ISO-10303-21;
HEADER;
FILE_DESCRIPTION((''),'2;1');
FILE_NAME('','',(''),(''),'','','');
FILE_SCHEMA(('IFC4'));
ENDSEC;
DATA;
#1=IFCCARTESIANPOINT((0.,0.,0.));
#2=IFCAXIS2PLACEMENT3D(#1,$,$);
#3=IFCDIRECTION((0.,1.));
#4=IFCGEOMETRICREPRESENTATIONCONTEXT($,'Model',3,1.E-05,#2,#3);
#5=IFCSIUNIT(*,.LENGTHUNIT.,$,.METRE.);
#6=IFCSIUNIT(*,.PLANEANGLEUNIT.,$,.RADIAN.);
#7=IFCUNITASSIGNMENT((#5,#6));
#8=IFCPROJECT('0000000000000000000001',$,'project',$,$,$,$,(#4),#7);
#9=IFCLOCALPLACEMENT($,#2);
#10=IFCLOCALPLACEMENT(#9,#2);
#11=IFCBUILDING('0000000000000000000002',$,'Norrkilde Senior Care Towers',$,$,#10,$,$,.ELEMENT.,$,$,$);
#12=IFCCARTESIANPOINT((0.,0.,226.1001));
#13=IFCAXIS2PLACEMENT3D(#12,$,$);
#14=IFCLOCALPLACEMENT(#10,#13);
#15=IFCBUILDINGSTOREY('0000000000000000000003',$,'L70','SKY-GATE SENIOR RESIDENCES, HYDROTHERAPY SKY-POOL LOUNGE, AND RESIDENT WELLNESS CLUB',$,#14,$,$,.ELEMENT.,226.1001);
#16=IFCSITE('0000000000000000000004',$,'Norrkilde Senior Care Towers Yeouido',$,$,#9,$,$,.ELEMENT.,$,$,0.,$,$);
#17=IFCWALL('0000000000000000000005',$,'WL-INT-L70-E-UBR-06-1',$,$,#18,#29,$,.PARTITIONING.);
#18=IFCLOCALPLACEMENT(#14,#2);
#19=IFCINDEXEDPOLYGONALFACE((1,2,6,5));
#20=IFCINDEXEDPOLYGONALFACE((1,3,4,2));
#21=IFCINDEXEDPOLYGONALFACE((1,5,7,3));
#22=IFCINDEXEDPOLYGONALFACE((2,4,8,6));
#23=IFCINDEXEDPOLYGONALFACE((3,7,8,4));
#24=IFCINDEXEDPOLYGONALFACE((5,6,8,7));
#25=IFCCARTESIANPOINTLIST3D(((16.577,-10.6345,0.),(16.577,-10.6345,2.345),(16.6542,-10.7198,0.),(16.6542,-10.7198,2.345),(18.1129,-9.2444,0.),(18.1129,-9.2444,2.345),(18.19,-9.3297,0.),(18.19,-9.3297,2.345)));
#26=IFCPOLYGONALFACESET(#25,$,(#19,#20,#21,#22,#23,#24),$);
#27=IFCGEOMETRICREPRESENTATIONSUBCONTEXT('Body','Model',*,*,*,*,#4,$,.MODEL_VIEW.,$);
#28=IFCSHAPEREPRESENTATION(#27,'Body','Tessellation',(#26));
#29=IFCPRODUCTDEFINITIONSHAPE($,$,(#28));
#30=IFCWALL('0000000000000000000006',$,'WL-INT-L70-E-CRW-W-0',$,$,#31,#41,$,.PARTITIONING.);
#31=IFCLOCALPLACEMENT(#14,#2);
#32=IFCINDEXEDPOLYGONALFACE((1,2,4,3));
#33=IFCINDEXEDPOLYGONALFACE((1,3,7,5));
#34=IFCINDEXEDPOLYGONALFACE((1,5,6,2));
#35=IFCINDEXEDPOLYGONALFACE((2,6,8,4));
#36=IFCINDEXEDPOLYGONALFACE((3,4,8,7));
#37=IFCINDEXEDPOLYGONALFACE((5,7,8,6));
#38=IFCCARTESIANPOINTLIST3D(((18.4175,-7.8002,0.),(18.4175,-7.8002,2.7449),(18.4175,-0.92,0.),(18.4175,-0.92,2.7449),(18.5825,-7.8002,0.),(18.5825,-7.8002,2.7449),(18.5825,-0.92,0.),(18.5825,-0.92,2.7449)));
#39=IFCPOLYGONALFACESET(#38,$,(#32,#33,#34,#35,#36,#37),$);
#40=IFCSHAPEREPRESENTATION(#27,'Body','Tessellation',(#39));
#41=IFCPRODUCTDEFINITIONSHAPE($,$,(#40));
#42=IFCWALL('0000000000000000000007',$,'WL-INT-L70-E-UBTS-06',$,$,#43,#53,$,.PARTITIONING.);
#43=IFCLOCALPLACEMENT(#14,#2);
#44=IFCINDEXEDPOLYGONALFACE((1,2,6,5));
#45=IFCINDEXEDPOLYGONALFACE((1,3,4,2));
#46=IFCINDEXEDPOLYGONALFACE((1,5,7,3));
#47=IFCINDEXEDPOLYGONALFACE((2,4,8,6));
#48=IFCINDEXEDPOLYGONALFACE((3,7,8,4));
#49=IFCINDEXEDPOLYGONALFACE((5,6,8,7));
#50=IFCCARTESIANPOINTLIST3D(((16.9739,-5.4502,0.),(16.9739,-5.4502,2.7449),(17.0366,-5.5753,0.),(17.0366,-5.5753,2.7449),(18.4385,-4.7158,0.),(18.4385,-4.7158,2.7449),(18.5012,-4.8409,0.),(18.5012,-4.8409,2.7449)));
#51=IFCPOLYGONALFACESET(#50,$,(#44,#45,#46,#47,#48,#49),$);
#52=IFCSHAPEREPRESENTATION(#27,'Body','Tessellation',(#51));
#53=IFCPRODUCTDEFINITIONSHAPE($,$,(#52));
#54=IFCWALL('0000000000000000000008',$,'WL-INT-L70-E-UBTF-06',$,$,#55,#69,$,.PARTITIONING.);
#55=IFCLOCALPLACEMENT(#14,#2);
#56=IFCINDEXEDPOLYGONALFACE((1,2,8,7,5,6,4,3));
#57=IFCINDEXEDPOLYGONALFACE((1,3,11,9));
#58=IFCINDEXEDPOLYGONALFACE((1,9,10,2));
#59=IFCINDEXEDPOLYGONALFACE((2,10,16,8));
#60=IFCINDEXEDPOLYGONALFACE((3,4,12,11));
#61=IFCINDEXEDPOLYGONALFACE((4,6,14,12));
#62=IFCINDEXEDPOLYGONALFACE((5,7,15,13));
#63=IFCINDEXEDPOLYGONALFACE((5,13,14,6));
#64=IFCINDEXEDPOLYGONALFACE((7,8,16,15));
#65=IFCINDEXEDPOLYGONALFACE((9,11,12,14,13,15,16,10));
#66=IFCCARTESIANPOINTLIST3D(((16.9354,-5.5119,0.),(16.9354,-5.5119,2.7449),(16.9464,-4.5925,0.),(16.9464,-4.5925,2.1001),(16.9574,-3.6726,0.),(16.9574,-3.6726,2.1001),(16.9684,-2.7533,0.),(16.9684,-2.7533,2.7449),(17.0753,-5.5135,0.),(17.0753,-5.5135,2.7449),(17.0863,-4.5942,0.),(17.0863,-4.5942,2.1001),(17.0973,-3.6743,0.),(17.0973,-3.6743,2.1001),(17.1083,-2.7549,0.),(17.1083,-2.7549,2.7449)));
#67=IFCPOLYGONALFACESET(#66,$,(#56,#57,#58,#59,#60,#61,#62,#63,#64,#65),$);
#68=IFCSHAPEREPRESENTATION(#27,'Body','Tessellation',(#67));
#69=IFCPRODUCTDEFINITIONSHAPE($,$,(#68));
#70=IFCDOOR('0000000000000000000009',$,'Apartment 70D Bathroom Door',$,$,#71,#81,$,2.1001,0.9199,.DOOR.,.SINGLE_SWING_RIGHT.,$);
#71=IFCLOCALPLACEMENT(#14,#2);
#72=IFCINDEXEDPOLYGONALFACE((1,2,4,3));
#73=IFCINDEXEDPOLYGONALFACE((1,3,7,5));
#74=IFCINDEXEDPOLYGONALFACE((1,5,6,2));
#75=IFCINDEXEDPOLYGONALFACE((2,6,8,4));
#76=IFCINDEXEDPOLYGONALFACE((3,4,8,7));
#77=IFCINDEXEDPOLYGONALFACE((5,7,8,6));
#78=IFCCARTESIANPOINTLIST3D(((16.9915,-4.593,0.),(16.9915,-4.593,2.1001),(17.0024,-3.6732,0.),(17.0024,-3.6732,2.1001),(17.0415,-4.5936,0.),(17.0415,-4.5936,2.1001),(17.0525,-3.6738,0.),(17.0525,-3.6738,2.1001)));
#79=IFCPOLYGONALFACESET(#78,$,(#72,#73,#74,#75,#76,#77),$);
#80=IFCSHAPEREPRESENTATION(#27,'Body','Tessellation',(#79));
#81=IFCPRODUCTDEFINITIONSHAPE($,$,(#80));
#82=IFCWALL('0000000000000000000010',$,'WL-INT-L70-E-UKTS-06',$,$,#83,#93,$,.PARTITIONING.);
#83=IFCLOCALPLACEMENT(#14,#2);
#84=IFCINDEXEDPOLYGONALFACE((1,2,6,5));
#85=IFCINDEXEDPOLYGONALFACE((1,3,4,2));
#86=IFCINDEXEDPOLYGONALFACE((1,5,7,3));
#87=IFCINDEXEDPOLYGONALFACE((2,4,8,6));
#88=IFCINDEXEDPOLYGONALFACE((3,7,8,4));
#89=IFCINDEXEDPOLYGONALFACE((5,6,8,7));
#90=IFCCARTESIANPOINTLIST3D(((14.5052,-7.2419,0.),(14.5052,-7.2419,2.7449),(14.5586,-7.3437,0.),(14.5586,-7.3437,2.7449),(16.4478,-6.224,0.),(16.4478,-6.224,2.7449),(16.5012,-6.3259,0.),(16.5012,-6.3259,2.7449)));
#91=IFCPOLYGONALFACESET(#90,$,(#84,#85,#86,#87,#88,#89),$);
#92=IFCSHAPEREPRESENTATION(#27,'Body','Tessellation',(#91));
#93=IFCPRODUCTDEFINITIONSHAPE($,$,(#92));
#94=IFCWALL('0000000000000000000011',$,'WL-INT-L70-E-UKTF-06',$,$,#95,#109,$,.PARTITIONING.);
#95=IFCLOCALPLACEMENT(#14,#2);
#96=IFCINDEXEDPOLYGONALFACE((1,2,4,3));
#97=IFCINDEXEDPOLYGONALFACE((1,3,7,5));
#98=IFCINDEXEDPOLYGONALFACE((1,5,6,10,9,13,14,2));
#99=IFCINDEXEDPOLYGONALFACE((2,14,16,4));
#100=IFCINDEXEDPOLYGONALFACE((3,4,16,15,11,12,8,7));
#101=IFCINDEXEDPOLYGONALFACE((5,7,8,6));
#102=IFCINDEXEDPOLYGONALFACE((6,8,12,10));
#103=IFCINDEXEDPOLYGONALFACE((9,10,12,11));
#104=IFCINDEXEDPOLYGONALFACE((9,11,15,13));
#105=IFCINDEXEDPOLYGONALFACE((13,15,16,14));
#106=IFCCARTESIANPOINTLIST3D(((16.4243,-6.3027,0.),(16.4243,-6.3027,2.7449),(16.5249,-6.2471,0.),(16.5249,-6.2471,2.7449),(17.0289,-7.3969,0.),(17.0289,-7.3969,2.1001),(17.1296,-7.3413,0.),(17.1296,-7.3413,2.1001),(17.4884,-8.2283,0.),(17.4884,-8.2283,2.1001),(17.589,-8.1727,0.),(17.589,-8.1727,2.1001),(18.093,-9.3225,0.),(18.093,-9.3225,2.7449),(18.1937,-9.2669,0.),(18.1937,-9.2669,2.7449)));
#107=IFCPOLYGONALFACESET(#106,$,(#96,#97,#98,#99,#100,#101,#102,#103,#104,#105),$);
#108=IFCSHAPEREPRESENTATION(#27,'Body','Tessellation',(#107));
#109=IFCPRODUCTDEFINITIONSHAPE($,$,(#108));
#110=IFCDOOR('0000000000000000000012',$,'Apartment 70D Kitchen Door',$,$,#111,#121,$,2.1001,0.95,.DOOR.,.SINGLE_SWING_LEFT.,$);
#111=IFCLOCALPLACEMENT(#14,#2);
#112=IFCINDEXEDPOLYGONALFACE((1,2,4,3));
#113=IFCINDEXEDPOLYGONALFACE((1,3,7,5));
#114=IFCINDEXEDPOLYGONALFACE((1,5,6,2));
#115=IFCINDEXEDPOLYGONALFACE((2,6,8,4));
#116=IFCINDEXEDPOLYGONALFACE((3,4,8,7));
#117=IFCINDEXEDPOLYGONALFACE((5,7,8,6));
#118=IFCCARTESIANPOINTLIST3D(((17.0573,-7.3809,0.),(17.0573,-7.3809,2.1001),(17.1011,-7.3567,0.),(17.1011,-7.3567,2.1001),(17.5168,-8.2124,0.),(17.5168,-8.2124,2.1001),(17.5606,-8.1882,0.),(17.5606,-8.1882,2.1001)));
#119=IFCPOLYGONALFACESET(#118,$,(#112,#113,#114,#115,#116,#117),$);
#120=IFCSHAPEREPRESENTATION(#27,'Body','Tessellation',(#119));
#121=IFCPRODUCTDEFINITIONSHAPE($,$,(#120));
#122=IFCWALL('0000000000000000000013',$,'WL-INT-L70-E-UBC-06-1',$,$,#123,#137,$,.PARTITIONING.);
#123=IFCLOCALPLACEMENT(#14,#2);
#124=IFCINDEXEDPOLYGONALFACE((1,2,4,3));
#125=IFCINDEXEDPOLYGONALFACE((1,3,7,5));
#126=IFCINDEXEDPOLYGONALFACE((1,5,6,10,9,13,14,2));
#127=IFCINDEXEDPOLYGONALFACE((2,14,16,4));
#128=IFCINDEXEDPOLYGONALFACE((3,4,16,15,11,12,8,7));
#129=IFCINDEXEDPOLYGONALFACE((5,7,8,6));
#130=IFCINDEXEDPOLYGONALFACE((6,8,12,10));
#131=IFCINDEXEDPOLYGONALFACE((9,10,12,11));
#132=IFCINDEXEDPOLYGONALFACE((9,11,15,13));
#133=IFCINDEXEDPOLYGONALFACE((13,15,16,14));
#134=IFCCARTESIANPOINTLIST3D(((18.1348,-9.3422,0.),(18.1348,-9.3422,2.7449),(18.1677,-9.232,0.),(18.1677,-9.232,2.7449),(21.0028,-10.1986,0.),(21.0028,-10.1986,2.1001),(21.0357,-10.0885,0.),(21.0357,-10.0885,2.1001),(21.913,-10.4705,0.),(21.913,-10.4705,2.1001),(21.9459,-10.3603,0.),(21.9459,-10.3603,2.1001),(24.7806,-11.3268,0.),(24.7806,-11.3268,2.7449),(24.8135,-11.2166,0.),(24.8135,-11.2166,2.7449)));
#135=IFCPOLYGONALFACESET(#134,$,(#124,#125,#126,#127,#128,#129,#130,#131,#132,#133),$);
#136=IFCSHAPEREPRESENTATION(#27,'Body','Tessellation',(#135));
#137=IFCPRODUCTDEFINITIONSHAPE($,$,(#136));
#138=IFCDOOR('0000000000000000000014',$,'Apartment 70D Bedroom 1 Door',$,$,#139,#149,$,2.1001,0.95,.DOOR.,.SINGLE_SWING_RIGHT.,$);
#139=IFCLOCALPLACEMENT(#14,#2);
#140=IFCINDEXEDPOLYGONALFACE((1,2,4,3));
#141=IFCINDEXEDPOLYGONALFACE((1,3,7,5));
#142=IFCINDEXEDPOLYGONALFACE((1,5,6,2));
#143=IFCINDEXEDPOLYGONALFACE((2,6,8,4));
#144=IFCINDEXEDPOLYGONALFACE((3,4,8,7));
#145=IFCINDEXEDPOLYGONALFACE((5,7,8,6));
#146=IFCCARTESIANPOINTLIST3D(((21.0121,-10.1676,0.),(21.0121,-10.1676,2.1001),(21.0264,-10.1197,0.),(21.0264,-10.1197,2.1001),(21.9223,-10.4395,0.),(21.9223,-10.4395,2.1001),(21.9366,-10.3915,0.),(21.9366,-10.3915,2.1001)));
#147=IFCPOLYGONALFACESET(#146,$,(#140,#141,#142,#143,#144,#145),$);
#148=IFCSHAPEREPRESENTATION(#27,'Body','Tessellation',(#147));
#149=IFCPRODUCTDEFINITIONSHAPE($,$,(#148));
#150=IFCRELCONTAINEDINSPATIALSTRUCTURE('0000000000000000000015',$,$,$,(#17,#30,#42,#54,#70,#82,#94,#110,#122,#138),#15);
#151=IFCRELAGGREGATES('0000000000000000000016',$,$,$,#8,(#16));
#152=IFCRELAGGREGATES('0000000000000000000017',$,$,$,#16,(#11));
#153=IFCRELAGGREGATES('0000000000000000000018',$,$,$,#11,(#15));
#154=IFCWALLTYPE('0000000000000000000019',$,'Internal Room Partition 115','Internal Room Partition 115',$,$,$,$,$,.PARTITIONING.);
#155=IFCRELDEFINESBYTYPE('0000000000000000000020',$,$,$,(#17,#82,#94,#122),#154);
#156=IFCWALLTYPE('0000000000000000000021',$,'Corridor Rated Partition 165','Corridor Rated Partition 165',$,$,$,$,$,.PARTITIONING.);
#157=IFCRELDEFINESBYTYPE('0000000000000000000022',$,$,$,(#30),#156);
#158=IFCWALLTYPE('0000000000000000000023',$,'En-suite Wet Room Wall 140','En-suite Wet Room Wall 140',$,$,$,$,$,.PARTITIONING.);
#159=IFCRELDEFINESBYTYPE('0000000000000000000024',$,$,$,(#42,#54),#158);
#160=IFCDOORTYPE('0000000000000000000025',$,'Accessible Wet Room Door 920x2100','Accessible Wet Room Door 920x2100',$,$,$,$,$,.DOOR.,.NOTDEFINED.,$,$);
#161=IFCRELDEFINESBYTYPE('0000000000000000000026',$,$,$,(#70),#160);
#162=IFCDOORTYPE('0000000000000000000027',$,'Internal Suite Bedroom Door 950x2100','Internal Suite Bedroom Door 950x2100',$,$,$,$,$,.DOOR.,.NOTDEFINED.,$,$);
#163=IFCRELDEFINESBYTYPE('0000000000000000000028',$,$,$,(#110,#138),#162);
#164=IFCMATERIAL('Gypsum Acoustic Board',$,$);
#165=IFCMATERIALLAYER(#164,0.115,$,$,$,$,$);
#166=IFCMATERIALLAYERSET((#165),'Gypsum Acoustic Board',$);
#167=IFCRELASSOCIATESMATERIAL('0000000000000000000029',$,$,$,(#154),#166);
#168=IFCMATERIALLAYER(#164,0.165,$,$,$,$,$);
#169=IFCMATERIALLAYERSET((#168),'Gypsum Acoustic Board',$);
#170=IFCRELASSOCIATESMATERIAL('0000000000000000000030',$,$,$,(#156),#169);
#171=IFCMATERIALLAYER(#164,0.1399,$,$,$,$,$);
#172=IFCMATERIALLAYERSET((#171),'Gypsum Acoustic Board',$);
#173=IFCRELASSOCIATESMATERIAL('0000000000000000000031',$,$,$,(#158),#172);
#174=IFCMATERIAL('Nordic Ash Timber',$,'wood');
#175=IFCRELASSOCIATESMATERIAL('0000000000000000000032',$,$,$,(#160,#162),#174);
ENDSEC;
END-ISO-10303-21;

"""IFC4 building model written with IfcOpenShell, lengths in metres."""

from ifc_helpers import new_model, si_unit, direction, frame, frame_2d, origin, place, context, subcontext, project, spatial, rectangle, extrude, source, transform, mapped, material, layer, layer_set, type_object, type_shapes, element, fill, save


model = new_model("IFC4")

# Units and contexts
model_context = context("Model", 3, precision=1e-05, world=origin(), true_north=direction((0.0, 1.0)))
body_context = subcontext(model_context, "Body", "Model", "MODEL_VIEW")
ifc_project = project(units=[si_unit("LENGTHUNIT", "METRE"), si_unit("PLANEANGLEUNIT", "RADIAN")], contexts=[model_context])

# Site, building, storey
site_placement = place(None, origin())
site = spatial("IfcSite", under=ifc_project, at=site_placement, Name="Norrkilde Senior Care Towers Yeouido", CompositionType="ELEMENT", RefElevation=0.0)
building_placement = place(site_placement, origin())
building = spatial("IfcBuilding", under=site, at=building_placement, Name="Norrkilde Senior Care Towers", CompositionType="ELEMENT")
storey_placement = place(building_placement, frame((0.0, 0.0, 226.1001)))
storey = spatial("IfcBuildingStorey", under=building, at=storey_placement, Name="L70", Description="SKY-GATE SENIOR RESIDENCES, HYDROTHERAPY SKY-POOL LOUNGE, AND RESIDENT WELLNESS CLUB", CompositionType="ELEMENT", Elevation=226.1001)

# Walls
ifc_material_1 = material(Name="Gypsum Acoustic Board")
ifc_layer_1 = layer(ifc_material_1, 0.115)
ifc_layer_set_1 = layer_set([ifc_layer_1], Name="Gypsum Acoustic Board")
wall_type_1 = type_object("IfcWallType", Name="Internal Room Partition 115", Description="Internal Room Partition 115", PredefinedType="PARTITIONING", material=ifc_layer_set_1)
shared_shape_1 = source(origin(), body_context, "Body", "SweptSolid", [
    extrude(rectangle(XDim=2.0715, YDim=0.115, at=frame_2d((1.0356, 0.0))), origin(), (0.0, 0.0, 1.0), 2.345),
])
wall_1_placement = place(storey_placement, frame((18.1514, -9.2871, 0.0), z_axis=(0.0, 0.0, 1.0), x_axis=(-0.74141, -0.671052, 0.0)))
element("IfcWall", 1, at=wall_1_placement, inside=storey, type_object=wall_type_1, Name="WL-INT-L70-E-UBR-06-1", PredefinedType="PARTITIONING", context=body_context, shape_type="MappedRepresentation", body=[
    mapped(shared_shape_1, transform((0.0, 0.0, 0.0), x_axis=(1.0, 0.0, 0.0), y_axis=(0.0, 1.0, 0.0), z_axis=(0.0, 0.0, 1.0), scale=1.0)),
])
ifc_layer_2 = layer(ifc_material_1, 0.165)
ifc_layer_set_2 = layer_set([ifc_layer_2], Name="Gypsum Acoustic Board")
wall_type_2 = type_object("IfcWallType", Name="Corridor Rated Partition 165", Description="Corridor Rated Partition 165", PredefinedType="PARTITIONING", material=ifc_layer_set_2)
shared_shape_2 = source(origin(), body_context, "Body", "SweptSolid", [
    extrude(rectangle(XDim=6.8801, YDim=0.165, at=frame_2d((3.4399, 0.0))), origin(), (0.0, 0.0, 1.0), 2.7449),
])
type_shapes(wall_type_2, [shared_shape_2])
wall_2_placement = place(storey_placement, frame((18.5, -7.8, 0.0), z_axis=(0.0, 0.0, 1.0), x_axis=(0.0, 1.0, 0.0)))
element("IfcWall", 2, at=wall_2_placement, inside=storey, type_object=wall_type_2, Name="WL-INT-L70-E-CRW-W-0", PredefinedType="PARTITIONING", context=body_context, shape_type="MappedRepresentation", body=[
    mapped(shared_shape_2, transform((0.0, 0.0, 0.0), x_axis=(1.0, 0.0, 0.0), y_axis=(0.0, 1.0, 0.0), z_axis=(0.0, 0.0, 1.0), scale=1.0)),
])
ifc_layer_3 = layer(ifc_material_1, 0.1399)
ifc_layer_set_3 = layer_set([ifc_layer_3], Name="Gypsum Acoustic Board")
wall_type_3 = type_object("IfcWallType", Name="En-suite Wet Room Wall 140", Description="En-suite Wet Room Wall 140", PredefinedType="PARTITIONING", material=ifc_layer_set_3)
shared_shape_3 = source(origin(), body_context, "Body", "SweptSolid", [
    extrude(rectangle(XDim=1.6384, YDim=0.1399, at=frame_2d((0.8193, 0.0))), origin(), (0.0, 0.0, 1.0), 2.7449),
])
wall_3_placement = place(storey_placement, frame((18.47, -4.7783, 0.0), z_axis=(0.0, 0.0, 1.0), x_axis=(-0.89392, -0.448227, 0.0)))
element("IfcWall", 3, at=wall_3_placement, inside=storey, type_object=wall_type_3, Name="WL-INT-L70-E-UBTS-06", PredefinedType="PARTITIONING", context=body_context, shape_type="MappedRepresentation", body=[
    mapped(shared_shape_3, transform((0.0, 0.0, 0.0), x_axis=(1.0, 0.0, 0.0), y_axis=(0.0, 1.0, 0.0), z_axis=(0.0, 0.0, 1.0), scale=1.0)),
])

# Wall, opening, door
shared_shape_4 = source(origin(), body_context, "Body", "SweptSolid", [
    extrude(rectangle(XDim=2.7588, YDim=0.1399, at=frame_2d((1.3794, 0.0))), origin(), (0.0, 0.0, 1.0), 2.7449),
])
type_shapes(wall_type_3, [shared_shape_3, shared_shape_4])
wall_4_placement = place(storey_placement, frame((17.0054, -5.5127, 0.0), z_axis=(0.0, 0.0, 1.0), x_axis=(0.011947, 0.999929, 0.0)))
wall_4 = element("IfcWall", 4, at=wall_4_placement, inside=storey, type_object=wall_type_3, Name="WL-INT-L70-E-UBTF-06", PredefinedType="PARTITIONING", context=body_context, shape_type="MappedRepresentation", body=[
    mapped(shared_shape_4, transform((0.0, 0.0, 0.0), x_axis=(1.0, 0.0, 0.0), y_axis=(0.0, 1.0, 0.0), z_axis=(0.0, 0.0, 1.0), scale=1.0)),
])
opening_1_placement = place(wall_4_placement, frame((0.9194, 0.0, 0.0)))
opening_1 = element("IfcOpeningElement", 5, at=opening_1_placement, cuts=wall_4, PredefinedType="OPENING", context=body_context, shape_type="SweptSolid", body=[
    extrude(rectangle(XDim=0.9199, YDim=2.1001, at=frame_2d((0.46, 1.05))), frame((0.0, 0.0798, 0.0), z_axis=(0.0, -1.0, 0.0), x_axis=(1.0, 0.0, 0.0)), (0.0, 0.0, 1.0), 0.1599),
])
ifc_material_2 = material(Name="Nordic Ash Timber", Category="wood")
door_type_1 = type_object("IfcDoorType", Name="Accessible Wet Room Door 920x2100", Description="Accessible Wet Room Door 920x2100", OperationType="NOTDEFINED", PredefinedType="DOOR", material=ifc_material_2)
shared_shape_5 = source(origin(), body_context, "Body", "SweptSolid", [
    extrude(rectangle(XDim=0.9199, YDim=2.1001, at=frame_2d((0.46, 1.05))), frame((0.0, 0.0249, 0.0), z_axis=(0.0, -1.0, 0.0), x_axis=(1.0, 0.0, 0.0)), (0.0, 0.0, 1.0), 0.05),
])
type_shapes(door_type_1, [shared_shape_5])
door_1_placement = place(opening_1_placement, origin())
door_1 = element("IfcDoor", 6, at=door_1_placement, inside=storey, type_object=door_type_1, Name="Apartment 70D Bathroom Door", OperationType="SINGLE_SWING_RIGHT", OverallHeight=2.1001, OverallWidth=0.9199, PredefinedType="DOOR", context=body_context, shape_type="MappedRepresentation", body=[
    mapped(shared_shape_5, transform((0.0, 0.0, 0.0), x_axis=(1.0, 0.0, 0.0), y_axis=(0.0, 1.0, 0.0), z_axis=(0.0, 0.0, 1.0), scale=1.0)),
])
fill(opening_1, door_1)

# Wall
shared_shape_6 = source(origin(), body_context, "Body", "SweptSolid", [
    extrude(rectangle(XDim=2.1931, YDim=0.115, at=frame_2d((1.0967, 0.0))), origin(), (0.0, 0.0, 1.0), 2.7449),
])
wall_5_placement = place(storey_placement, frame((16.4746, -6.2749, 0.0), z_axis=(0.0, 0.0, 1.0), x_axis=(-0.885784, -0.464099, 0.0)))
element("IfcWall", 7, at=wall_5_placement, inside=storey, type_object=wall_type_1, Name="WL-INT-L70-E-UKTS-06", PredefinedType="PARTITIONING", context=body_context, shape_type="MappedRepresentation", body=[
    mapped(shared_shape_6, transform((0.0, 0.0, 0.0), x_axis=(1.0, 0.0, 0.0), y_axis=(0.0, 1.0, 0.0), z_axis=(0.0, 0.0, 1.0), scale=1.0)),
])

# Walls, openings, doors
shared_shape_7 = source(origin(), body_context, "Body", "SweptSolid", [
    extrude(rectangle(XDim=3.4502, YDim=0.115, at=frame_2d((1.7251, 0.0))), origin(), (0.0, 0.0, 1.0), 2.7449),
])
wall_6_placement = place(storey_placement, frame((16.4746, -6.2749, 0.0), z_axis=(0.0, 0.0, 1.0), x_axis=(0.483659, -0.875257, 0.0)))
wall_6 = element("IfcWall", 8, at=wall_6_placement, inside=storey, type_object=wall_type_1, Name="WL-INT-L70-E-UKTF-06", PredefinedType="PARTITIONING", context=body_context, shape_type="MappedRepresentation", body=[
    mapped(shared_shape_7, transform((0.0, 0.0, 0.0), x_axis=(1.0, 0.0, 0.0), y_axis=(0.0, 1.0, 0.0), z_axis=(0.0, 0.0, 1.0), scale=1.0)),
])
opening_2_placement = place(wall_6_placement, frame((1.25, 0.0, 0.0)))
opening_2 = element("IfcOpeningElement", 9, at=opening_2_placement, cuts=wall_6, PredefinedType="OPENING", context=body_context, shape_type="SweptSolid", body=[
    extrude(rectangle(XDim=0.95, YDim=2.1001, at=frame_2d((0.4751, 1.05))), frame((0.0, 0.0674, 0.0), z_axis=(0.0, -1.0, 0.0), x_axis=(1.0, 0.0, 0.0)), (0.0, 0.0, 1.0), 0.135),
])
door_type_2 = type_object("IfcDoorType", Name="Internal Suite Bedroom Door 950x2100", Description="Internal Suite Bedroom Door 950x2100", OperationType="NOTDEFINED", PredefinedType="DOOR", material=ifc_material_2)
shared_shape_8 = source(origin(), body_context, "Body", "SweptSolid", [
    extrude(rectangle(XDim=0.95, YDim=2.1001, at=frame_2d((0.4751, 1.05))), frame((0.0, 0.0249, 0.0), z_axis=(0.0, -1.0, 0.0), x_axis=(1.0, 0.0, 0.0)), (0.0, 0.0, 1.0), 0.05),
])
type_shapes(door_type_2, [shared_shape_8])
door_2_placement = place(opening_2_placement, frame((0.95, 0.0, 0.0), z_axis=(0.0, 0.0, 1.0), x_axis=(-1.0, 0.0, 0.0)))
door_2 = element("IfcDoor", 10, at=door_2_placement, inside=storey, type_object=door_type_2, Name="Apartment 70D Kitchen Door", OperationType="SINGLE_SWING_LEFT", OverallHeight=2.1001, OverallWidth=0.95, PredefinedType="DOOR", context=body_context, shape_type="MappedRepresentation", body=[
    mapped(shared_shape_8, transform((0.0, 0.0, 0.0), x_axis=(1.0, 0.0, 0.0), y_axis=(0.0, 1.0, 0.0), z_axis=(0.0, 0.0, 1.0), scale=1.0)),
])
fill(opening_2, door_2)
shared_shape_9 = source(origin(), body_context, "Body", "SweptSolid", [
    extrude(rectangle(XDim=6.9358, YDim=0.115, at=frame_2d((3.4678, 0.0))), origin(), (0.0, 0.0, 1.0), 2.7449),
])
type_shapes(wall_type_1, [shared_shape_1, shared_shape_6, shared_shape_7, shared_shape_9])
wall_7_placement = place(storey_placement, frame((18.1514, -9.2871, 0.0), z_axis=(0.0, 0.0, 1.0), x_axis=(0.958187, -0.286143, 0.0)))
wall_7 = element("IfcWall", 11, at=wall_7_placement, inside=storey, type_object=wall_type_1, Name="WL-INT-L70-E-UBC-06-1", PredefinedType="PARTITIONING", context=body_context, shape_type="MappedRepresentation", body=[
    mapped(shared_shape_9, transform((0.0, 0.0, 0.0), x_axis=(1.0, 0.0, 0.0), y_axis=(0.0, 1.0, 0.0), z_axis=(0.0, 0.0, 1.0), scale=1.0)),
])
opening_3_placement = place(wall_7_placement, frame((2.9929, 0.0, 0.0)))
opening_3 = element("IfcOpeningElement", 12, at=opening_3_placement, cuts=wall_7, PredefinedType="OPENING", context=body_context, shape_type="SweptSolid", body=[
    extrude(rectangle(XDim=0.95, YDim=2.1001, at=frame_2d((0.4751, 1.05))), frame((0.0, 0.0674, 0.0), z_axis=(0.0, -1.0, 0.0), x_axis=(1.0, 0.0, 0.0)), (0.0, 0.0, 1.0), 0.135),
])
door_3_placement = place(opening_3_placement, origin())
door_3 = element("IfcDoor", 13, at=door_3_placement, inside=storey, type_object=door_type_2, Name="Apartment 70D Bedroom 1 Door", OperationType="SINGLE_SWING_RIGHT", OverallHeight=2.1001, OverallWidth=0.95, PredefinedType="DOOR", context=body_context, shape_type="MappedRepresentation", body=[
    mapped(shared_shape_8, transform((0.0, 0.0, 0.0), x_axis=(1.0, 0.0, 0.0), y_axis=(0.0, 1.0, 0.0), z_axis=(0.0, 0.0, 1.0), scale=1.0)),
])
fill(opening_3, door_3)

save(model, "model.ifc")
